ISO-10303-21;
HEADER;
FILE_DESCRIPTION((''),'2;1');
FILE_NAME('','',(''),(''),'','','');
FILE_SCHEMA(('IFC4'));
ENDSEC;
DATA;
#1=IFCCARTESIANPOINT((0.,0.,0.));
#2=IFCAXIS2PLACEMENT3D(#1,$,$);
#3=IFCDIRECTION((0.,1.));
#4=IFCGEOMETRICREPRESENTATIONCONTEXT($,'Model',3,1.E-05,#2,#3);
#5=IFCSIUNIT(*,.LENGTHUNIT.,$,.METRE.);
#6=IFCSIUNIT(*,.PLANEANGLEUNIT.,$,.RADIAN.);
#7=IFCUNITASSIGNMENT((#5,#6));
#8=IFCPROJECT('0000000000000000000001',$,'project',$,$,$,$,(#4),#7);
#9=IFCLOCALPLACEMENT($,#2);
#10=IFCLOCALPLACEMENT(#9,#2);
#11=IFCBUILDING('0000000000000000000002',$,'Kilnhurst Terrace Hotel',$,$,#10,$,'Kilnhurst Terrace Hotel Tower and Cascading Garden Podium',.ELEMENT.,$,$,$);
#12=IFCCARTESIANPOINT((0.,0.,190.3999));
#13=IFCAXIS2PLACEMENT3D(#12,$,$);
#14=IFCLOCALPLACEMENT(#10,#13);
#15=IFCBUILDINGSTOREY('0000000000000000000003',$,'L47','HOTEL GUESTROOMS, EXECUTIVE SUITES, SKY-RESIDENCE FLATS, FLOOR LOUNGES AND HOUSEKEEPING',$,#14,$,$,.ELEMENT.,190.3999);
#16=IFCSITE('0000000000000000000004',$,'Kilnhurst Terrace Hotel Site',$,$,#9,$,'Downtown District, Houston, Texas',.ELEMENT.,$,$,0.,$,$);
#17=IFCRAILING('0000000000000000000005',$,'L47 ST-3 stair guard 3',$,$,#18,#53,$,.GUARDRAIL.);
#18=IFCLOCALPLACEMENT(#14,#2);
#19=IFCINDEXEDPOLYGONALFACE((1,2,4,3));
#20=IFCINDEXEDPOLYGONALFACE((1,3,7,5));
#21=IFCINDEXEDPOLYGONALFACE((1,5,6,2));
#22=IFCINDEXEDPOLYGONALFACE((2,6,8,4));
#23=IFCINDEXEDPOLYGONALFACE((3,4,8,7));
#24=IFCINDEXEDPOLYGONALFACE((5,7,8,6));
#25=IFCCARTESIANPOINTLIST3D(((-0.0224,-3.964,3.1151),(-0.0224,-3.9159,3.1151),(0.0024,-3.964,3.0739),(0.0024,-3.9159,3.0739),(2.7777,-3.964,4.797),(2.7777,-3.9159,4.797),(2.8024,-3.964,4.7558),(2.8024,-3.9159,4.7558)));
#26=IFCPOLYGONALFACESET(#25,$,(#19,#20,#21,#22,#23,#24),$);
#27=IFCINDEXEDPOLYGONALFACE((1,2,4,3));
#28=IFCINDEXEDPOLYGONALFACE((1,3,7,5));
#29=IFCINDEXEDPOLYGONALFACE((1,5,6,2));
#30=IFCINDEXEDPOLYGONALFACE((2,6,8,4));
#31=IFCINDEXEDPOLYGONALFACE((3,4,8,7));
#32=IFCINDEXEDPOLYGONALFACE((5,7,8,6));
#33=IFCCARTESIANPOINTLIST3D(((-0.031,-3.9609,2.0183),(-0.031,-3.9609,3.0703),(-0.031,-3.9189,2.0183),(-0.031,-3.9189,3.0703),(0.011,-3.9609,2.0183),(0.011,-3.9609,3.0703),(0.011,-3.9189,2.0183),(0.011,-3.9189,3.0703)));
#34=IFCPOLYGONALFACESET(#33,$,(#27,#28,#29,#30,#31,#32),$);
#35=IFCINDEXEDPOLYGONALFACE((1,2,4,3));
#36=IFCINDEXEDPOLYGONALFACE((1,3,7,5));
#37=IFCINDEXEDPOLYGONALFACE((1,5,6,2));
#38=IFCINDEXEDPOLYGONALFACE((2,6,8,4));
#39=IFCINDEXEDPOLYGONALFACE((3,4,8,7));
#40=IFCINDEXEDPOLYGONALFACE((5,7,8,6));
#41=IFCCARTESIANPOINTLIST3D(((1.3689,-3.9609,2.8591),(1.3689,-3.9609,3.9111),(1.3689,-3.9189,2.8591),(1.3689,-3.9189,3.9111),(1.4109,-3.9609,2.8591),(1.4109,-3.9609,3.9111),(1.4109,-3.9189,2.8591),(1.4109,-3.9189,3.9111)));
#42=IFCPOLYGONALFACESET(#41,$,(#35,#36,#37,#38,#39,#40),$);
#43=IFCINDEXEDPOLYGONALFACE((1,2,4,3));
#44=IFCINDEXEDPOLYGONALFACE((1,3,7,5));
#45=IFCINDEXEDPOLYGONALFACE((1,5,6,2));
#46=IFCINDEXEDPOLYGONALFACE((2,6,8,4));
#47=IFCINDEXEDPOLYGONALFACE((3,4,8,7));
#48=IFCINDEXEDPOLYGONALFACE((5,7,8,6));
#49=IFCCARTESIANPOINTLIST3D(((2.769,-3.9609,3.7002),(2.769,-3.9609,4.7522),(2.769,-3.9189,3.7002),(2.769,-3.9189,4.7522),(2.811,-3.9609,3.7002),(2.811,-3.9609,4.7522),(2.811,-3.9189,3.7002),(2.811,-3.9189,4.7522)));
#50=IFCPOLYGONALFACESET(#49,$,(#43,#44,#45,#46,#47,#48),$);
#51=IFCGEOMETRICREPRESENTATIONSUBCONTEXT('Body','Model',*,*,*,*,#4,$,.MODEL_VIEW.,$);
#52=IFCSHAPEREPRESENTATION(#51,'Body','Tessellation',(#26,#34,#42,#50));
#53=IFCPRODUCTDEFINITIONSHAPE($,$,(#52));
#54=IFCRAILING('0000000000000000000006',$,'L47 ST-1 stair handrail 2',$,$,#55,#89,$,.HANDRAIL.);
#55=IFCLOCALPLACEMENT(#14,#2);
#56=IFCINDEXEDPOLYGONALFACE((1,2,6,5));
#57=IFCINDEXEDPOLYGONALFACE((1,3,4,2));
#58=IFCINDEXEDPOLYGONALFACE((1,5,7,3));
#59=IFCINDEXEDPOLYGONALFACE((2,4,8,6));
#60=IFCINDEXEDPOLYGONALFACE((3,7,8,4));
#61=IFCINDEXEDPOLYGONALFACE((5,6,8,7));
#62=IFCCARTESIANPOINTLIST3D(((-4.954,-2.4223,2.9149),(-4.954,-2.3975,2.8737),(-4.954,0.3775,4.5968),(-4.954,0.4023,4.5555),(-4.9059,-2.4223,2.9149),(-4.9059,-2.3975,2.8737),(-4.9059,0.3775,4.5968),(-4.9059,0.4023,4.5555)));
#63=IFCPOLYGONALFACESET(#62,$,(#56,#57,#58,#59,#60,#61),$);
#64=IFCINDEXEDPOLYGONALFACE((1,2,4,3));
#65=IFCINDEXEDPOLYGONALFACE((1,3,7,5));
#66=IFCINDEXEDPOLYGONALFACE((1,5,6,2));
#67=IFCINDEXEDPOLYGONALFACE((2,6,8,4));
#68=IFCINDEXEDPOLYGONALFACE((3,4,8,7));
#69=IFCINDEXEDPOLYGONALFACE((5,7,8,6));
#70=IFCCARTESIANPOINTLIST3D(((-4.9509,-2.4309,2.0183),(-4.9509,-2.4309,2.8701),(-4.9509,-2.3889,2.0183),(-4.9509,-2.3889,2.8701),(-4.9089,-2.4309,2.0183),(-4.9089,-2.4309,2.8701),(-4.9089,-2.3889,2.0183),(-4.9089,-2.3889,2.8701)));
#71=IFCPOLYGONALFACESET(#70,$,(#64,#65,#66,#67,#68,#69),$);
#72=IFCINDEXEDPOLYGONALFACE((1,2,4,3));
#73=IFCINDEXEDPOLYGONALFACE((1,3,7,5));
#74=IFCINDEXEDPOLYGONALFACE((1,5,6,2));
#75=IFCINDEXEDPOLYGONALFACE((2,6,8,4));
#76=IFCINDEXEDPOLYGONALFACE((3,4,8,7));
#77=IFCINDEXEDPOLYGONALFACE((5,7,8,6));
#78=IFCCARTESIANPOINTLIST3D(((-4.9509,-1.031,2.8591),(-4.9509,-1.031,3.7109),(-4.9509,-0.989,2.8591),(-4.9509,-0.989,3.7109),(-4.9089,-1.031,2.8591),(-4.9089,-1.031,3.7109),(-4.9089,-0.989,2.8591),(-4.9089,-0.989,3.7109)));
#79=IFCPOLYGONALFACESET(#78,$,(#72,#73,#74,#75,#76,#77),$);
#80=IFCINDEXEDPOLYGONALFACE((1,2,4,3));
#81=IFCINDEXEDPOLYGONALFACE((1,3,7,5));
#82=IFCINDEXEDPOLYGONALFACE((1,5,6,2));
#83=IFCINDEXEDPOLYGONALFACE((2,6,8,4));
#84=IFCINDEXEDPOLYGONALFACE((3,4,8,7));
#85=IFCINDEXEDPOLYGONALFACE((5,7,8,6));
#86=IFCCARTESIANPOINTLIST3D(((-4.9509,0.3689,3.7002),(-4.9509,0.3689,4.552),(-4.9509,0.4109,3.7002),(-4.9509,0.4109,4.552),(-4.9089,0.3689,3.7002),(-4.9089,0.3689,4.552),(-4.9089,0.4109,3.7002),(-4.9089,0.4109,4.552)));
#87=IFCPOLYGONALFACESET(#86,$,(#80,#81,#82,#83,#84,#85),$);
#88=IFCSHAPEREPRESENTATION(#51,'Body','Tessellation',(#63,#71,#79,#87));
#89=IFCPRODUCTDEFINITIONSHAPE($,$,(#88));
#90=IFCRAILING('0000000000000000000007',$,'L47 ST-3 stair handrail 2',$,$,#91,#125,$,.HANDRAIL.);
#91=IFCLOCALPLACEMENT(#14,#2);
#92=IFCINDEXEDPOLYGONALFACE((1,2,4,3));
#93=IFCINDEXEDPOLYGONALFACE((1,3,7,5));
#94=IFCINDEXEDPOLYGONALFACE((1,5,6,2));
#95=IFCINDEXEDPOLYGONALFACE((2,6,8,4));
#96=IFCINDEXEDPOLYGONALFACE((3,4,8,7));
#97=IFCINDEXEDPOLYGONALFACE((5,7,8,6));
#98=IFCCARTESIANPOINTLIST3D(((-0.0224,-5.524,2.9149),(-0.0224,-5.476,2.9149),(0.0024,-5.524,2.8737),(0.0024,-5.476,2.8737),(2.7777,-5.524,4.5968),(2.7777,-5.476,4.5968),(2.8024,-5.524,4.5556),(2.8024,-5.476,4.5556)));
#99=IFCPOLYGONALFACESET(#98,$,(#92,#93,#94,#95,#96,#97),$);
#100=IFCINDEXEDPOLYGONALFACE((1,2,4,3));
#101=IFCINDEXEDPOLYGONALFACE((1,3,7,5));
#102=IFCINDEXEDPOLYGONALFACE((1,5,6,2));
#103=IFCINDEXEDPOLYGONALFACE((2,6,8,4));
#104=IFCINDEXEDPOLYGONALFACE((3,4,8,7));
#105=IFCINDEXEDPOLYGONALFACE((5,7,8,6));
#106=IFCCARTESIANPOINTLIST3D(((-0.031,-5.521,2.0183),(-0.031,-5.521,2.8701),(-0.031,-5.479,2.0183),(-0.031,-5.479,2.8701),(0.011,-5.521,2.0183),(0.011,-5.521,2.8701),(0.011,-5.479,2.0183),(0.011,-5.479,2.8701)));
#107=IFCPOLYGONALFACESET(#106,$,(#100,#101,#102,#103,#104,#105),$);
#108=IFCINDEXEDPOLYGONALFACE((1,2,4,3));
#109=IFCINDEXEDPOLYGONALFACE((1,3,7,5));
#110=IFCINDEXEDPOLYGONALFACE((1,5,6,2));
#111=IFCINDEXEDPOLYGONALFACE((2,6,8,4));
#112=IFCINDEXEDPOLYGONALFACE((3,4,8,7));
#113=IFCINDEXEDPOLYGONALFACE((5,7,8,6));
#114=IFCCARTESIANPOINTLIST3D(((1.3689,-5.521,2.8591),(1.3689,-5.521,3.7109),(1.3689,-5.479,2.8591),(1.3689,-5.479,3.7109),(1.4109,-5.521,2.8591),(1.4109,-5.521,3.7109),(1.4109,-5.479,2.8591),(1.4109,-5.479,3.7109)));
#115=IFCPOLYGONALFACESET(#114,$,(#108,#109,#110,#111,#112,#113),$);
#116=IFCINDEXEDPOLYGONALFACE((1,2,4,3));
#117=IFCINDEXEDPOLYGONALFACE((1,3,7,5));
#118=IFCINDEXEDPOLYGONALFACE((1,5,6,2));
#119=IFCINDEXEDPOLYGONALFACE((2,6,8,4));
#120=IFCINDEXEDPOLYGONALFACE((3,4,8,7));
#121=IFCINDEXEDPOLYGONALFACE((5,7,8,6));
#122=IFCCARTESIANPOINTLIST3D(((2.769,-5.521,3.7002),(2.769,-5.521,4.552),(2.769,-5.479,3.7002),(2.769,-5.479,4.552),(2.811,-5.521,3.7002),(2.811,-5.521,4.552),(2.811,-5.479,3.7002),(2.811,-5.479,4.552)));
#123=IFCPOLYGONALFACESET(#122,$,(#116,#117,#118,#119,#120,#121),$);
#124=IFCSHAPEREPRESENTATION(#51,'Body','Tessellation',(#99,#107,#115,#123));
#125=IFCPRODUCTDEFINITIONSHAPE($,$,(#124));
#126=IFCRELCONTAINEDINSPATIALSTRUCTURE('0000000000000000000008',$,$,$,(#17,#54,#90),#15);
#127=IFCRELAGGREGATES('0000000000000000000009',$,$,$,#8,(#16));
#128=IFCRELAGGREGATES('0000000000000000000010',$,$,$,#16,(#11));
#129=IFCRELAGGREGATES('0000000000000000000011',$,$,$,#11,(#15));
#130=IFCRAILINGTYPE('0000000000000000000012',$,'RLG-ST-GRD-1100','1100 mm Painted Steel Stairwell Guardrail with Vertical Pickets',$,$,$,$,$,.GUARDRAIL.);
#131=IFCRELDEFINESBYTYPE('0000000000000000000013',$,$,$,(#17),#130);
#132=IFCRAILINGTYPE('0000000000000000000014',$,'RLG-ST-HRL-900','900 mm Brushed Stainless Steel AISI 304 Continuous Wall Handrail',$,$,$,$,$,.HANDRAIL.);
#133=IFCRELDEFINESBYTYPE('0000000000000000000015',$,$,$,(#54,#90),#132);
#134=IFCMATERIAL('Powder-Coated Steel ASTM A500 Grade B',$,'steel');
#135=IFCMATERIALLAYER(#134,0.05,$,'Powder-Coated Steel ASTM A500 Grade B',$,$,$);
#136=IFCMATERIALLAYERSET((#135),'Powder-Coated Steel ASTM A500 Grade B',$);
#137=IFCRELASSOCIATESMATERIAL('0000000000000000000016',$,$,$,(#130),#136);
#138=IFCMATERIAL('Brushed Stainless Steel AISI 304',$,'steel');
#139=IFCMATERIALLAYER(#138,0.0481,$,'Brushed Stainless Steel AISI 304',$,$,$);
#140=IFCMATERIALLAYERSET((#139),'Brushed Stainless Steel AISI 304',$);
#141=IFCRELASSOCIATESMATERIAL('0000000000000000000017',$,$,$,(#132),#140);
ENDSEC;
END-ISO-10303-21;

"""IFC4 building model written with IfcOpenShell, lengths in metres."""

from ifc_helpers import new_model, si_unit, direction, frame, origin, origin_2d, place, context, subcontext, project, spatial, rectangle, extrude, material, layer, layer_set, type_object, element, save


model = new_model("IFC4")

# Units and contexts
model_context = context("Model", 3, precision=1e-05, world=origin(), true_north=direction((0.0, 1.0)))
body_context = subcontext(model_context, "Body", "Model", "MODEL_VIEW")
ifc_project = project(units=[si_unit("LENGTHUNIT", "METRE"), si_unit("PLANEANGLEUNIT", "RADIAN")], contexts=[model_context])

# Site, building, storey
site_placement = place(None, origin())
site = spatial("IfcSite", under=ifc_project, at=site_placement, Name="Kilnhurst Terrace Hotel Site", LongName="Downtown District, Houston, Texas", CompositionType="ELEMENT", RefElevation=0.0)
building_placement = place(site_placement, origin())
building = spatial("IfcBuilding", under=site, at=building_placement, Name="Kilnhurst Terrace Hotel", LongName="Kilnhurst Terrace Hotel Tower and Cascading Garden Podium", CompositionType="ELEMENT")
storey_placement = place(building_placement, frame((0.0, 0.0, 190.3999)))
storey = spatial("IfcBuildingStorey", under=building, at=storey_placement, Name="L47", Description="HOTEL GUESTROOMS, EXECUTIVE SUITES, SKY-RESIDENCE FLATS, FLOOR LOUNGES AND HOUSEKEEPING", CompositionType="ELEMENT", Elevation=190.3999)

# Railings
ifc_material_1 = material(Name="Powder-Coated Steel ASTM A500 Grade B", Category="steel")
ifc_layer_1 = layer(ifc_material_1, 0.05, Name="Powder-Coated Steel ASTM A500 Grade B")
ifc_layer_set_1 = layer_set([ifc_layer_1], Name="Powder-Coated Steel ASTM A500 Grade B")
railing_type_1 = type_object("IfcRailingType", Name="RLG-ST-GRD-1100", Description="1100 mm Painted Steel Stairwell Guardrail with Vertical Pickets", PredefinedType="GUARDRAIL", material=ifc_layer_set_1)
railing_1_placement = place(storey_placement, frame((-0.01, -3.9399, 2.0183)))
element("IfcRailing", 1, at=railing_1_placement, inside=storey, type_object=railing_type_1, Name="L47 ST-3 stair guard 3", PredefinedType="GUARDRAIL", context=body_context, shape_type="SweptSolid", body=[
    extrude(rectangle(XDim=0.0481, YDim=0.0481, at=origin_2d()), frame((0.0, 0.0, 1.0762), z_axis=(0.857242, 0.0, 0.514913), x_axis=(0.0, 1.0, 0.0)), (0.0, 0.0, 1.0), 3.2664),
    extrude(rectangle(XDim=0.042, YDim=0.042, at=origin_2d()), origin(), (0.0, 0.0, 1.0), 1.052),
    extrude(rectangle(XDim=0.042, YDim=0.042, at=origin_2d()), frame((1.3999, 0.0, 0.8408)), (0.0, 0.0, 1.0), 1.052),
    extrude(rectangle(XDim=0.042, YDim=0.042, at=origin_2d()), frame((2.8, 0.0, 1.6819)), (0.0, 0.0, 1.0), 1.052),
])
ifc_material_2 = material(Name="Brushed Stainless Steel AISI 304", Category="steel")
ifc_layer_2 = layer(ifc_material_2, 0.0481, Name="Brushed Stainless Steel AISI 304")
ifc_layer_set_2 = layer_set([ifc_layer_2], Name="Brushed Stainless Steel AISI 304")
railing_type_2 = type_object("IfcRailingType", Name="RLG-ST-HRL-900", Description="900 mm Brushed Stainless Steel AISI 304 Continuous Wall Handrail", PredefinedType="HANDRAIL", material=ifc_layer_set_2)
railing_2_placement = place(storey_placement, frame((-4.9299, -2.4099, 2.0183)))
element("IfcRailing", 2, at=railing_2_placement, inside=storey, type_object=railing_type_2, Name="L47 ST-1 stair handrail 2", PredefinedType="HANDRAIL", context=body_context, shape_type="SweptSolid", body=[
    extrude(rectangle(XDim=0.0481, YDim=0.0481, at=origin_2d()), frame((0.0, 0.0, 0.876), z_axis=(0.0, 0.857222, 0.514946), x_axis=(-1.0, 0.0, 0.0)), (0.0, 0.0, 1.0), 3.2661),
    extrude(rectangle(XDim=0.042, YDim=0.042, at=origin_2d()), origin(), (0.0, 0.0, 1.0), 0.8518),
    extrude(rectangle(XDim=0.042, YDim=0.042, at=origin_2d()), frame((0.0, 1.3999, 0.8408)), (0.0, 0.0, 1.0), 0.8518),
    extrude(rectangle(XDim=0.042, YDim=0.042, at=origin_2d()), frame((0.0, 2.7998, 1.6819)), (0.0, 0.0, 1.0), 0.8518),
])
railing_3_placement = place(storey_placement, frame((-0.01, -5.5, 2.0183)))
element("IfcRailing", 3, at=railing_3_placement, inside=storey, type_object=railing_type_2, Name="L47 ST-3 stair handrail 2", PredefinedType="HANDRAIL", context=body_context, shape_type="SweptSolid", body=[
    extrude(rectangle(XDim=0.0481, YDim=0.0481, at=origin_2d()), frame((0.0, 0.0, 0.876), z_axis=(0.857242, 0.0, 0.514913), x_axis=(0.0, 1.0, 0.0)), (0.0, 0.0, 1.0), 3.2664),
    extrude(rectangle(XDim=0.042, YDim=0.042, at=origin_2d()), origin(), (0.0, 0.0, 1.0), 0.8518),
    extrude(rectangle(XDim=0.042, YDim=0.042, at=origin_2d()), frame((1.3999, 0.0, 0.8408)), (0.0, 0.0, 1.0), 0.8518),
    extrude(rectangle(XDim=0.042, YDim=0.042, at=origin_2d()), frame((2.8, 0.0, 1.6819)), (0.0, 0.0, 1.0), 0.8518),
])

save(model, "model.ifc")
